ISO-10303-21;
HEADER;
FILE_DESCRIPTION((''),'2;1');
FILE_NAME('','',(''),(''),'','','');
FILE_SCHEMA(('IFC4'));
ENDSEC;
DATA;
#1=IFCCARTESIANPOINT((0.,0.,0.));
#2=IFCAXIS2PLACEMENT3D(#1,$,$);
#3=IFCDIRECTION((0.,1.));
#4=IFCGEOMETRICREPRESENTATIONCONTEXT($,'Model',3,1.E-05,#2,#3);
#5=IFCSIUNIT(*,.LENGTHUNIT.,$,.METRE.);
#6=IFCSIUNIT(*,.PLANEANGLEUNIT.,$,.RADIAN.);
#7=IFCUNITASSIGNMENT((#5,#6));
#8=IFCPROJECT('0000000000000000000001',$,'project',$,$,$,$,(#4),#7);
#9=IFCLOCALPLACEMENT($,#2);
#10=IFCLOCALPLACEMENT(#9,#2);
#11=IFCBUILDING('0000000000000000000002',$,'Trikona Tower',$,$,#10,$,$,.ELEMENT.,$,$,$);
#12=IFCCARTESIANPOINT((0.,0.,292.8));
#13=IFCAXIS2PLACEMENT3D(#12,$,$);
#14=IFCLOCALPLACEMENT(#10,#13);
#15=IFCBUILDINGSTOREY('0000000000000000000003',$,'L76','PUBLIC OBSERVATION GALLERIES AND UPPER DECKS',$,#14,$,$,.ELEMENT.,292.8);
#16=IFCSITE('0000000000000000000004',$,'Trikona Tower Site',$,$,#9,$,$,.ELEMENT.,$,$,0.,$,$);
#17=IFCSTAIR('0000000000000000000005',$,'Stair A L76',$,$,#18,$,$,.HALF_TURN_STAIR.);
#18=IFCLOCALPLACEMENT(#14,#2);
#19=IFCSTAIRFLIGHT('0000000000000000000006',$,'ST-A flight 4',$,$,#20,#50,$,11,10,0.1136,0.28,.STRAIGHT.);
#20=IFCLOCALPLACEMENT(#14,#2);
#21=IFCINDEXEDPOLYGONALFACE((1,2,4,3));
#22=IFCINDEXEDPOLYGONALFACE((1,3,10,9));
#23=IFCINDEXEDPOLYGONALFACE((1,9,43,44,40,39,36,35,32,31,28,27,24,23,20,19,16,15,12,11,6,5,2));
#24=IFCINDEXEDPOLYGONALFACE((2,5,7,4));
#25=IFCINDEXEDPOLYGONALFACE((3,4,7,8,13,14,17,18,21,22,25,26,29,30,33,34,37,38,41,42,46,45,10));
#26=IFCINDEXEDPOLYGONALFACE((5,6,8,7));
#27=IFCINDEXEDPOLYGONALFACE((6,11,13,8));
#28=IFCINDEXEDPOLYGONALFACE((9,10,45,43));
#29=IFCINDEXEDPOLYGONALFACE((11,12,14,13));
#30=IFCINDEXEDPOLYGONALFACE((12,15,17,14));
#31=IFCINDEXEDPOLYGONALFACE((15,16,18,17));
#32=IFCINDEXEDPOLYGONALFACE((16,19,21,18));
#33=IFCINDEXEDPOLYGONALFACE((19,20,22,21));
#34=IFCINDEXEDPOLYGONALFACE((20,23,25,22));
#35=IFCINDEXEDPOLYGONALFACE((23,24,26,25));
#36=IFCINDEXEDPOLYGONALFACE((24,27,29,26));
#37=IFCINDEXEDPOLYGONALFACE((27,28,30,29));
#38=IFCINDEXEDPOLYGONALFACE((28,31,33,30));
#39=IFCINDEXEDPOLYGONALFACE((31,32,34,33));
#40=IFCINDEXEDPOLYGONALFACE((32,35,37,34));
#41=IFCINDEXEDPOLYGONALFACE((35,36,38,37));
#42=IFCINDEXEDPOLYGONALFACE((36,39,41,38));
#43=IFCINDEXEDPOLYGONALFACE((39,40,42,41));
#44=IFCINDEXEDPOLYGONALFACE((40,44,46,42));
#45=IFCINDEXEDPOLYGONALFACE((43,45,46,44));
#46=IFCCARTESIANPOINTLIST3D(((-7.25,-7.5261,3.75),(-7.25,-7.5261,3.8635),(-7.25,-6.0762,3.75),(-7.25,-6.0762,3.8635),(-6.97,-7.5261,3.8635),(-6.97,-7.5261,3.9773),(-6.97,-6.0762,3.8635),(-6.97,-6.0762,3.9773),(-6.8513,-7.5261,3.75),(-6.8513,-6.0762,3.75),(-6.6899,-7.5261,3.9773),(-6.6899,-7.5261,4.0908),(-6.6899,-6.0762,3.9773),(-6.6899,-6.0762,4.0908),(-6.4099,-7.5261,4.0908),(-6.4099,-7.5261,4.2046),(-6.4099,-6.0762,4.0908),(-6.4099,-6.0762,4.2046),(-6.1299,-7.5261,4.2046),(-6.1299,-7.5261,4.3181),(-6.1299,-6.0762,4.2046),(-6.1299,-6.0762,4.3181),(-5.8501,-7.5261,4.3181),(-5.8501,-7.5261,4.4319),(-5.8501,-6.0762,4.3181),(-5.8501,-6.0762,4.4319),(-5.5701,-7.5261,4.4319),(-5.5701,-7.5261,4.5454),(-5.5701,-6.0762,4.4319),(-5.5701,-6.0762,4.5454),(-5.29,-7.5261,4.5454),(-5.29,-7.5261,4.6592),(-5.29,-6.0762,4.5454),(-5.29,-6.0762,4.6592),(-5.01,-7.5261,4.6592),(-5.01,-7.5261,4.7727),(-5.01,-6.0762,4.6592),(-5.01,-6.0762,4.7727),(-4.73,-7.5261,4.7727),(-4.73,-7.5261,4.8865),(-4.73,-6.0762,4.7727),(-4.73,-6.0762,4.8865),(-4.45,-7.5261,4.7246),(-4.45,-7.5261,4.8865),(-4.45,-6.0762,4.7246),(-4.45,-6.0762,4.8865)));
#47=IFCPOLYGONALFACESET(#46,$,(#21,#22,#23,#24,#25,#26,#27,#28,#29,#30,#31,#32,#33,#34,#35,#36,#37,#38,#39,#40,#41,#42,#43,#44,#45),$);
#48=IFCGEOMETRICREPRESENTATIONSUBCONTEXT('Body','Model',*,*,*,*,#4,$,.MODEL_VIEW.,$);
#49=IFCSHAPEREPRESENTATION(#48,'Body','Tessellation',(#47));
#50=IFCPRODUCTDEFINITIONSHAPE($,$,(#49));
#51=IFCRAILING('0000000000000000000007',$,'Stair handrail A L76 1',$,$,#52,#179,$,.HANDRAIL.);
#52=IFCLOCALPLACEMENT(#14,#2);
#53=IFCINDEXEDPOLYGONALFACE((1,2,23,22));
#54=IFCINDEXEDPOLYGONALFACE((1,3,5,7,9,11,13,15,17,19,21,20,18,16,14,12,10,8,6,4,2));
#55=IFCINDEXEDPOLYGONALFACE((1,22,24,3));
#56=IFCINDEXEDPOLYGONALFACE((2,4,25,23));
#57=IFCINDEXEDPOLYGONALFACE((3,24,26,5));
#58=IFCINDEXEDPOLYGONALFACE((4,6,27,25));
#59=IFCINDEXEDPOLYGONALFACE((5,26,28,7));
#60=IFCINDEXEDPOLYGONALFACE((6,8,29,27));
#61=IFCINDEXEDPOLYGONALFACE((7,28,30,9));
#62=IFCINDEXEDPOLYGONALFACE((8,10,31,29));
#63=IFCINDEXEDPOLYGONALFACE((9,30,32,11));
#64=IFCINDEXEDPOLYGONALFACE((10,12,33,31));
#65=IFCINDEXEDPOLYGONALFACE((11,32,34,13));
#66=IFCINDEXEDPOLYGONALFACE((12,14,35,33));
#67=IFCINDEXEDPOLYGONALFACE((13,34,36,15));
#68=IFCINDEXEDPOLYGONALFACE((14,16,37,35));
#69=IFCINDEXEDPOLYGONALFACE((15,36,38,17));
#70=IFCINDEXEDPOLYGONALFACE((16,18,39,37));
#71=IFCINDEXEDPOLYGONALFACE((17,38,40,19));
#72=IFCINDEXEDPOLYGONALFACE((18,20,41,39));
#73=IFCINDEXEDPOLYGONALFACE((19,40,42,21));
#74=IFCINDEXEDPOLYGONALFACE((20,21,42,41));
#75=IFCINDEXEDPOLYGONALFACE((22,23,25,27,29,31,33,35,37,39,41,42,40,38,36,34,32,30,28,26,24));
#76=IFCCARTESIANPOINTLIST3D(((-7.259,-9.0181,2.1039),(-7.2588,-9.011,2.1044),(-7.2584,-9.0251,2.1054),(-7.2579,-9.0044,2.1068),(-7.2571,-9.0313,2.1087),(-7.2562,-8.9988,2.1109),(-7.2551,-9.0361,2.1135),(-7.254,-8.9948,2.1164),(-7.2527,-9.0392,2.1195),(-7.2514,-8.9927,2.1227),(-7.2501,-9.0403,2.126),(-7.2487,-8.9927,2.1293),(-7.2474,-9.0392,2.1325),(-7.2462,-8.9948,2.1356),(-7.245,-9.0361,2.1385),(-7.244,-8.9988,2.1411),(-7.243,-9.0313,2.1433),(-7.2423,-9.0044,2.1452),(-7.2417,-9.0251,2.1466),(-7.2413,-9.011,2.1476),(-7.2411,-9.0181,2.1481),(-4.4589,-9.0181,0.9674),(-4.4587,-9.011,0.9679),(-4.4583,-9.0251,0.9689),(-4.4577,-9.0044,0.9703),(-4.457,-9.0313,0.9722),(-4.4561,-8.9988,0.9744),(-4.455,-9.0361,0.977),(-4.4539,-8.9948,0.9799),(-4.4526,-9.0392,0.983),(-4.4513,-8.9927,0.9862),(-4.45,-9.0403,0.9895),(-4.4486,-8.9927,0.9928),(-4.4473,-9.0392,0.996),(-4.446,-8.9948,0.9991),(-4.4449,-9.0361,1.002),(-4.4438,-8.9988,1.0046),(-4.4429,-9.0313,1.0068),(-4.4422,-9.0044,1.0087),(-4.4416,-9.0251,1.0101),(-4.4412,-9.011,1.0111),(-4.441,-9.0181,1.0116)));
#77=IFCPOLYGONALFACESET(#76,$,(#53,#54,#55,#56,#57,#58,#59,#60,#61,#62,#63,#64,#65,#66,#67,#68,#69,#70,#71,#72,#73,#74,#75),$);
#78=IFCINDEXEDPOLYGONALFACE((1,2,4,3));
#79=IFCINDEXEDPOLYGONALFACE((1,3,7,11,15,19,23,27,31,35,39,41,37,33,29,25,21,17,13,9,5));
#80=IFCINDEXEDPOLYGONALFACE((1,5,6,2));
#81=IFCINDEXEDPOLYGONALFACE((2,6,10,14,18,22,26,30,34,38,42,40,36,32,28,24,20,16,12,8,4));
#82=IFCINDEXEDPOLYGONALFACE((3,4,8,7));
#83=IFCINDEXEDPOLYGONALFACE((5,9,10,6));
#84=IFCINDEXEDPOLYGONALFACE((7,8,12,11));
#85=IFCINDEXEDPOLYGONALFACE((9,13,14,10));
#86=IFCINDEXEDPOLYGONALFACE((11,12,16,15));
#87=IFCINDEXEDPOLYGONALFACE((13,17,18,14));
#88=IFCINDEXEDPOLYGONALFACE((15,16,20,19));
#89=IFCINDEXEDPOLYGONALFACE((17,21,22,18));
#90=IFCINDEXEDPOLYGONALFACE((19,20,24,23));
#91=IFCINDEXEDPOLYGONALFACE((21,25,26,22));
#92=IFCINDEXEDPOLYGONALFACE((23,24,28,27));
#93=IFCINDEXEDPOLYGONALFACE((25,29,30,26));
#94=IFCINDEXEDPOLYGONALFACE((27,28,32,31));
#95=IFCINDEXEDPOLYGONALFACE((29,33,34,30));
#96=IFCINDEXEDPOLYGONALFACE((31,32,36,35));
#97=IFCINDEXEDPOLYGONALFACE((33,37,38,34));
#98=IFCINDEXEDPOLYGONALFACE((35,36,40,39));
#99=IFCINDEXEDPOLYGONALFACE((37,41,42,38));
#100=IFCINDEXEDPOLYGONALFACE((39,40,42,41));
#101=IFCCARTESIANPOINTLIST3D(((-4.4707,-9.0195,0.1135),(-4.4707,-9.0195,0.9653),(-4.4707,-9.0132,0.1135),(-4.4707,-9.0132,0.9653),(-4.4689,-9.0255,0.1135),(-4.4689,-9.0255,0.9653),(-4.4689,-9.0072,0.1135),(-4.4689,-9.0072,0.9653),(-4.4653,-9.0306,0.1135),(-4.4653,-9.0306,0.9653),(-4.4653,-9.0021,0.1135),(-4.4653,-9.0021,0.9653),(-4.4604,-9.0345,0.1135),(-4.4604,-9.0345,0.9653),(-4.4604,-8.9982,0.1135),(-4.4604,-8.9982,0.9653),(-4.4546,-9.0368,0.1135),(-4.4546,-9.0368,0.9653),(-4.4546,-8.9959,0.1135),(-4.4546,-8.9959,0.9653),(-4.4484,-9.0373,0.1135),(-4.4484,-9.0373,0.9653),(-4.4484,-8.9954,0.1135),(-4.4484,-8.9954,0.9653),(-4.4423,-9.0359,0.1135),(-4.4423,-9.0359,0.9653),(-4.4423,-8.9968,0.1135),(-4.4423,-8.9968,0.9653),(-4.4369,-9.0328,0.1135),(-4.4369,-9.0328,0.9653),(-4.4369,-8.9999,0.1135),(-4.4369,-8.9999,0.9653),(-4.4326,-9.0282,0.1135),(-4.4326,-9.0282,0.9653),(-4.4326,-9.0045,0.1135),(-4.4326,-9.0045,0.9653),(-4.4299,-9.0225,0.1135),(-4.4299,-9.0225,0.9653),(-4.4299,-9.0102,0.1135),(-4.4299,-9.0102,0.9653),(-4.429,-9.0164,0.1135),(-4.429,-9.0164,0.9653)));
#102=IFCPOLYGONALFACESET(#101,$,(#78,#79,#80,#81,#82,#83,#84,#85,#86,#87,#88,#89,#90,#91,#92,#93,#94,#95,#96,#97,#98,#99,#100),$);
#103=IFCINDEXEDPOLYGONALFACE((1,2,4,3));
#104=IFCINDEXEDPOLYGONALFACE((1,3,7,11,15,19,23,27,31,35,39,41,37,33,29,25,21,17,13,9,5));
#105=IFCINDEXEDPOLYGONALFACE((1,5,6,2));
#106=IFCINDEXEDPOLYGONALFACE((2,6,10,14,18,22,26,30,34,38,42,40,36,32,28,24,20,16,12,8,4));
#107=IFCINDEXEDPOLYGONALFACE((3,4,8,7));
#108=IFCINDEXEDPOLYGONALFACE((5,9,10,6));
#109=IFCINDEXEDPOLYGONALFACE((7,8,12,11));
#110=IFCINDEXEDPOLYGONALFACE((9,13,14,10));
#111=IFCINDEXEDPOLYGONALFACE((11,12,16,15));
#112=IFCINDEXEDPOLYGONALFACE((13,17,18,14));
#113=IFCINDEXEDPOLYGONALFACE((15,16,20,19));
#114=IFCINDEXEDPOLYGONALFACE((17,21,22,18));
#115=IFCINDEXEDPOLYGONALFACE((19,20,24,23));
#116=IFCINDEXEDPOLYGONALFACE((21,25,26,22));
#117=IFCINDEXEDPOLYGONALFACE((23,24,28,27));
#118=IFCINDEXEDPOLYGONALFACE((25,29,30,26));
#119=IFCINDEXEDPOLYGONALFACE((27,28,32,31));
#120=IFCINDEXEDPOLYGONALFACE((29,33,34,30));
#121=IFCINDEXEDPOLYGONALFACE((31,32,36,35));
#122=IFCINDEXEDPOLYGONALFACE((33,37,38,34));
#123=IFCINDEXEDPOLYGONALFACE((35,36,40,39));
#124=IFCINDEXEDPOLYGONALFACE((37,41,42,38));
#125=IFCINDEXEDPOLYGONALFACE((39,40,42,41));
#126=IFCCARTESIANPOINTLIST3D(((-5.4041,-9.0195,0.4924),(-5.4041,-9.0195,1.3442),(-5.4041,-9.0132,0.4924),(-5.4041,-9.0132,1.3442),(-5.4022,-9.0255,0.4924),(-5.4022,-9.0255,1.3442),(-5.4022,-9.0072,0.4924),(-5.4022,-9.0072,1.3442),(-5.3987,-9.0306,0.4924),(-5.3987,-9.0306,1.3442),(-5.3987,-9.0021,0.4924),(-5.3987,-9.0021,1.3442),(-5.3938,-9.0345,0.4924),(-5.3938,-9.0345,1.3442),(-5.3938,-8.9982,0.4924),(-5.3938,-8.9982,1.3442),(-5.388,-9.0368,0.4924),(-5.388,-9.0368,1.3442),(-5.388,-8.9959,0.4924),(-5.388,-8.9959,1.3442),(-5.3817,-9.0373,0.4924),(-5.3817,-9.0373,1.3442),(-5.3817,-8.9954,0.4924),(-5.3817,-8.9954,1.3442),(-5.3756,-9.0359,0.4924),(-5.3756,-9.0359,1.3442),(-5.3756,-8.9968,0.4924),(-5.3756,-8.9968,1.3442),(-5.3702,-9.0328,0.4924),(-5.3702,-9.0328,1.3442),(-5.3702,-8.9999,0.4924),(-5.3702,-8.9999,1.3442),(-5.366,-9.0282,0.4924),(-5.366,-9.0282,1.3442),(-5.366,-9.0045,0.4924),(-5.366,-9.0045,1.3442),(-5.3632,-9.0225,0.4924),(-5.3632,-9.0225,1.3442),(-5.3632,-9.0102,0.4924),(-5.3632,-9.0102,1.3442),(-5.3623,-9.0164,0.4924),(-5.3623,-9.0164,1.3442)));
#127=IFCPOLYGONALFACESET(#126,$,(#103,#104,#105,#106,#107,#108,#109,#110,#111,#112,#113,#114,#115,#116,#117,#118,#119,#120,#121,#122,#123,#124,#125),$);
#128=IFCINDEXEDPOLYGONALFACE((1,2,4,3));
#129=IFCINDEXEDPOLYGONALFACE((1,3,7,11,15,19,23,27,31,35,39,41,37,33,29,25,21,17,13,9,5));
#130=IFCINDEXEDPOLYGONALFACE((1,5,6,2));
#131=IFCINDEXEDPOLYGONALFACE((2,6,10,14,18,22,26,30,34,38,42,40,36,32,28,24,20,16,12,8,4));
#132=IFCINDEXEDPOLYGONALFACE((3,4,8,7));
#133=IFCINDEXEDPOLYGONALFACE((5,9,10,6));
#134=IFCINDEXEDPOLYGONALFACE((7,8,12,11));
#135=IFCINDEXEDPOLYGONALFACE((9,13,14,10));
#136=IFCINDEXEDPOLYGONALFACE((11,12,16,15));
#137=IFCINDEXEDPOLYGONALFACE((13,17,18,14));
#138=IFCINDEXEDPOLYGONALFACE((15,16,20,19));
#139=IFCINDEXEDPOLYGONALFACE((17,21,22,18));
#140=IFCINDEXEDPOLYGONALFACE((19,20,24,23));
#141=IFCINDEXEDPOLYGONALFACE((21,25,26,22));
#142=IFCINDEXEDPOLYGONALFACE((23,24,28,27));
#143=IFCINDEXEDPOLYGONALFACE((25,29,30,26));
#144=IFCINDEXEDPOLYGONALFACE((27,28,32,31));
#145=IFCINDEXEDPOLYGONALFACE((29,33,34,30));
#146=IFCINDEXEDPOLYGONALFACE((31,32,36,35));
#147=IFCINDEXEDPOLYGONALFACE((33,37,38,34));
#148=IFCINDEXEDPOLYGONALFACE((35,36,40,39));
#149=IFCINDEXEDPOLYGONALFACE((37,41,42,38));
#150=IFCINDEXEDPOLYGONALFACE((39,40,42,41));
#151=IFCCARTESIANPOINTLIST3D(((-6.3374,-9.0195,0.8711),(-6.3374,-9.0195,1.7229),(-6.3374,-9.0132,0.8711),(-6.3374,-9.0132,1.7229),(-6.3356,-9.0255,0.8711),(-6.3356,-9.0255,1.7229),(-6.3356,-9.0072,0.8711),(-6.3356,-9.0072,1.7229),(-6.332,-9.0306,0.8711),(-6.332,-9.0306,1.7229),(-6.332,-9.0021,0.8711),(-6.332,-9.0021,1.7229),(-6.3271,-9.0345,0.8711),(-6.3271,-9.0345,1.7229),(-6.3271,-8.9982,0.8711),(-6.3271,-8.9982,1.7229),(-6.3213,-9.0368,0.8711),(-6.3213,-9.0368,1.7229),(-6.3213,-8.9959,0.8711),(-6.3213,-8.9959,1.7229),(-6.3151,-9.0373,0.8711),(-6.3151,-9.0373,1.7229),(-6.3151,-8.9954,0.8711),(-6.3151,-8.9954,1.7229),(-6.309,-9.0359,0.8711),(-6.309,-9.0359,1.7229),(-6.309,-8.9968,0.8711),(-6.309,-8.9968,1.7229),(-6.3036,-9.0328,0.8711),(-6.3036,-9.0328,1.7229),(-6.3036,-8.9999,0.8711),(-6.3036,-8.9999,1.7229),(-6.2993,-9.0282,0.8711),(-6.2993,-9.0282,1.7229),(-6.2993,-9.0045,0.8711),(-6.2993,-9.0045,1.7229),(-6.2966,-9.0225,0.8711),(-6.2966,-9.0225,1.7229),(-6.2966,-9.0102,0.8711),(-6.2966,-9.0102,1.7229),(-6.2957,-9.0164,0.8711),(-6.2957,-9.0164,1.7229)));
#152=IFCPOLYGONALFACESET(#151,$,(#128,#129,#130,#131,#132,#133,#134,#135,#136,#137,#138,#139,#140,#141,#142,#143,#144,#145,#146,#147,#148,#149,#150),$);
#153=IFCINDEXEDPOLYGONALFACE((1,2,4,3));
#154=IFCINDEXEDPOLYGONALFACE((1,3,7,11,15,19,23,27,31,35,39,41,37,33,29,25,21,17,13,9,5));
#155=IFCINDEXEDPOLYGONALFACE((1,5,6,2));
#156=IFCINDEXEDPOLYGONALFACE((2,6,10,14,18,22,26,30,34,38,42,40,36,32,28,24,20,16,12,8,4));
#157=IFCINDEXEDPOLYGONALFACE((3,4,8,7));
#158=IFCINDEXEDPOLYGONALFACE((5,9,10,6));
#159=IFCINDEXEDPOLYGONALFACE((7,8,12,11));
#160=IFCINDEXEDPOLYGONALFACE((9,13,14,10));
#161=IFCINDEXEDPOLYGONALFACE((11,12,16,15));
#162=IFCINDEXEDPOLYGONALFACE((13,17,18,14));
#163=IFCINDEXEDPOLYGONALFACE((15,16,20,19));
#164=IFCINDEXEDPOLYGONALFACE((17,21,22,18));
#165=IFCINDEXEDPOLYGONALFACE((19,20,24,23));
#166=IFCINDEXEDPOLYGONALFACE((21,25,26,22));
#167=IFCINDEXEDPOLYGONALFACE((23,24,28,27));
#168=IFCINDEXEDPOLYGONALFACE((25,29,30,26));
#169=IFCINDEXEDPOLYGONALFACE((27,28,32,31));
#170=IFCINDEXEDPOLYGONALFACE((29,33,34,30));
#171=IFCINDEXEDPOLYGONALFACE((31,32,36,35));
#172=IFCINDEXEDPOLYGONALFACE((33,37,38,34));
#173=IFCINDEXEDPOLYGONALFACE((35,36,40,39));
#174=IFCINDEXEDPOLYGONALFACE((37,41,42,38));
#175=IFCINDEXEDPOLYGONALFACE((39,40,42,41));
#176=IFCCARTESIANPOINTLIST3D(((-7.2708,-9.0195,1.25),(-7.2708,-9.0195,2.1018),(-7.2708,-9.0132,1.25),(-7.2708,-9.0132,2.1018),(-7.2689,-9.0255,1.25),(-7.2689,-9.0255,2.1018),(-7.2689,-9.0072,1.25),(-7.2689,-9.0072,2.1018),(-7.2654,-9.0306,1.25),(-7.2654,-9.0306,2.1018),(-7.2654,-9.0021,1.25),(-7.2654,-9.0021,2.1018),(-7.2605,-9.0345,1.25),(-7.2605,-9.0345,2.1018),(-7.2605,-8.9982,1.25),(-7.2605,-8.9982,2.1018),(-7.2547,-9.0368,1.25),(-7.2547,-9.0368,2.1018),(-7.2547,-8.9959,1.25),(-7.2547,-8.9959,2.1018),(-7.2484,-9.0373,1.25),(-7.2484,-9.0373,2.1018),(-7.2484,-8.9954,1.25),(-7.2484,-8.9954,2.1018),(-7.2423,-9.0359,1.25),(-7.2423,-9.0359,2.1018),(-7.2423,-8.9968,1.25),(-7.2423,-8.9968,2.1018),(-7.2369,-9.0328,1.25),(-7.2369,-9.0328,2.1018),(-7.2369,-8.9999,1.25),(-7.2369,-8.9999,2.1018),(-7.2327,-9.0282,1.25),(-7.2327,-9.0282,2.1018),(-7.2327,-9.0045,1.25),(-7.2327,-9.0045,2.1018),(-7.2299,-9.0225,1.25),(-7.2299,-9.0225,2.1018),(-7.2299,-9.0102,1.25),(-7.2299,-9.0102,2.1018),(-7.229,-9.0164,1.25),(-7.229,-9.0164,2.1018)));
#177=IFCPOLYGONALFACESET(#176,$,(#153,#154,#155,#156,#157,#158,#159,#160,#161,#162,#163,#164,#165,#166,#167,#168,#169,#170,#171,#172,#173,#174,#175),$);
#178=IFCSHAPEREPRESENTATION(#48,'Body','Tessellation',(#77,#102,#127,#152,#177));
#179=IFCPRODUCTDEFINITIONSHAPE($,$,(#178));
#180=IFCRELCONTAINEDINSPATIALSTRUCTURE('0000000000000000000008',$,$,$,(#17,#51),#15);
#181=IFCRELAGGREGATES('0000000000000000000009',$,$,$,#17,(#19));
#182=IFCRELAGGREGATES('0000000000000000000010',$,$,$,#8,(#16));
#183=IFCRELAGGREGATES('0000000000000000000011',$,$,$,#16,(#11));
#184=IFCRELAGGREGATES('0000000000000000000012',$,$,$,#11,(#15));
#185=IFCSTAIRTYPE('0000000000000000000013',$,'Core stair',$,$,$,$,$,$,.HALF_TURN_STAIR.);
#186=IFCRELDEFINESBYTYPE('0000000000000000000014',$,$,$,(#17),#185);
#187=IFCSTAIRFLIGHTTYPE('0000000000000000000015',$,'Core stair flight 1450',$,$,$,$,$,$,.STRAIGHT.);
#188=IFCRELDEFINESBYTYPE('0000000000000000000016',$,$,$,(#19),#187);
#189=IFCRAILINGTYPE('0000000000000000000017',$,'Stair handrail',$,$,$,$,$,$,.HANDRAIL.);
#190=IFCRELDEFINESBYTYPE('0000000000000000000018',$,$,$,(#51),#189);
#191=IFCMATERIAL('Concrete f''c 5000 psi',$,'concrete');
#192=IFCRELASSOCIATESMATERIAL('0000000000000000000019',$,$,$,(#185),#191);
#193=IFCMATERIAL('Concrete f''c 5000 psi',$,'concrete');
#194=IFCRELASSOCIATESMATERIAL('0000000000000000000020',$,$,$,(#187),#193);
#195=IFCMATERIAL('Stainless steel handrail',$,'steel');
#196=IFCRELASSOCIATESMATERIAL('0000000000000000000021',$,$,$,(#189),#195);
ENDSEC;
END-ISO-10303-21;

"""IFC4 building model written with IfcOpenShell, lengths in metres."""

from ifc_helpers import new_model, si_unit, direction, frame, origin, origin_2d, place, context, subcontext, project, spatial, polyline, circle, outline, extrude, material, type_object, element, aggregate, save


model = new_model("IFC4")

# Units and contexts
model_context = context("Model", 3, precision=1e-05, world=origin(), true_north=direction((0.0, 1.0)))
body_context = subcontext(model_context, "Body", "Model", "MODEL_VIEW")
ifc_project = project(units=[si_unit("LENGTHUNIT", "METRE"), si_unit("PLANEANGLEUNIT", "RADIAN")], contexts=[model_context])

# Site, building, storey
site_placement = place(None, origin())
site = spatial("IfcSite", under=ifc_project, at=site_placement, Name="Trikona Tower Site", CompositionType="ELEMENT", RefElevation=0.0)
building_placement = place(site_placement, origin())
building = spatial("IfcBuilding", under=site, at=building_placement, Name="Trikona Tower", CompositionType="ELEMENT")
storey_placement = place(building_placement, frame((0.0, 0.0, 292.8)))
storey = spatial("IfcBuildingStorey", under=building, at=storey_placement, Name="L76", Description="PUBLIC OBSERVATION GALLERIES AND UPPER DECKS", CompositionType="ELEMENT", Elevation=292.8)

# Stair, stair flight
ifc_material_1 = material(Name="Concrete f'c 5000 psi", Category="concrete")
stair_type = type_object("IfcStairType", Name="Core stair", PredefinedType="HALF_TURN_STAIR", material=ifc_material_1)
stair_placement = place(storey_placement, origin())
stair = element("IfcStair", 1, at=stair_placement, inside=storey, type_object=stair_type, Name="Stair A L76", PredefinedType="HALF_TURN_STAIR")
ifc_material_2 = material(Name="Concrete f'c 5000 psi", Category="concrete")
stair_flight_type = type_object("IfcStairFlightType", Name="Core stair flight 1450", PredefinedType="STRAIGHT", material=ifc_material_2)
stair_flight_1_placement = place(storey_placement, frame((-7.25, -6.8013, 3.75), z_axis=(0.0, 0.0, 1.0), x_axis=(1.0, 0.0, 0.0)))
stair_flight_1 = element("IfcStairFlight", 2, at=stair_flight_1_placement, type_object=stair_flight_type, Name="ST-A flight 4", NumberOfRisers=11, NumberOfTreads=10, PredefinedType="STRAIGHT", RiserHeight=0.1136, TreadLength=0.28, context=body_context, shape_type="SweptSolid", body=[
    extrude(outline(polyline([(0.0, 0.0), (0.0, 0.1135), (0.28, 0.1135), (0.28, 0.2273), (0.5601, 0.2273), (0.5601, 0.3408), (0.8401, 0.3408), (0.8401, 0.4546), (1.1201, 0.4546), (1.1201, 0.5681), (1.3999, 0.5681), (1.3999, 0.6819), (1.6799, 0.6819), (1.6799, 0.7954), (1.96, 0.7954), (1.96, 0.9092), (2.24, 0.9092), (2.24, 1.0227), (2.52, 1.0227), (2.52, 1.1365), (2.8, 1.1365), (2.8, 1.25), (2.8, 0.9746), (0.3987, 0.0), (0.0, 0.0)])), frame((0.0, 0.7251, 0.0), z_axis=(0.0, -1.0, 0.0), x_axis=(1.0, 0.0, 0.0)), (0.0, 0.0, 1.0), 1.45),
])
aggregate(stair, [stair_flight_1])

# Railing
ifc_material_3 = material(Name="Stainless steel handrail", Category="steel")
railing_type = type_object("IfcRailingType", Name="Stair handrail", PredefinedType="HANDRAIL", material=ifc_material_3)
railing_1_placement = place(storey_placement, frame((-4.45, -9.0164, 0.1135)))
element("IfcRailing", 3, at=railing_1_placement, inside=storey, type_object=railing_type, Name="Stair handrail A L76 1", PredefinedType="HANDRAIL", context=body_context, shape_type="SweptSolid", body=[
    extrude(circle(Radius=0.0239, at=origin_2d()), frame((0.0, 0.0, 0.876), z_axis=(-0.926587, 0.0, 0.37608), x_axis=(0.0, -1.0, 0.0)), (0.0, 0.0, 1.0), 3.022),
    extrude(circle(Radius=0.021, at=origin_2d()), origin(), (0.0, 0.0, 1.0), 0.8518),
    extrude(circle(Radius=0.021, at=origin_2d()), frame((-0.9333, 0.0, 0.3789)), (0.0, 0.0, 1.0), 0.8518),
    extrude(circle(Radius=0.021, at=origin_2d()), frame((-1.8667, 0.0, 0.7576)), (0.0, 0.0, 1.0), 0.8518),
    extrude(circle(Radius=0.021, at=origin_2d()), frame((-2.8, 0.0, 1.1365)), (0.0, 0.0, 1.0), 0.8518),
])

save(model, "model.ifc")
